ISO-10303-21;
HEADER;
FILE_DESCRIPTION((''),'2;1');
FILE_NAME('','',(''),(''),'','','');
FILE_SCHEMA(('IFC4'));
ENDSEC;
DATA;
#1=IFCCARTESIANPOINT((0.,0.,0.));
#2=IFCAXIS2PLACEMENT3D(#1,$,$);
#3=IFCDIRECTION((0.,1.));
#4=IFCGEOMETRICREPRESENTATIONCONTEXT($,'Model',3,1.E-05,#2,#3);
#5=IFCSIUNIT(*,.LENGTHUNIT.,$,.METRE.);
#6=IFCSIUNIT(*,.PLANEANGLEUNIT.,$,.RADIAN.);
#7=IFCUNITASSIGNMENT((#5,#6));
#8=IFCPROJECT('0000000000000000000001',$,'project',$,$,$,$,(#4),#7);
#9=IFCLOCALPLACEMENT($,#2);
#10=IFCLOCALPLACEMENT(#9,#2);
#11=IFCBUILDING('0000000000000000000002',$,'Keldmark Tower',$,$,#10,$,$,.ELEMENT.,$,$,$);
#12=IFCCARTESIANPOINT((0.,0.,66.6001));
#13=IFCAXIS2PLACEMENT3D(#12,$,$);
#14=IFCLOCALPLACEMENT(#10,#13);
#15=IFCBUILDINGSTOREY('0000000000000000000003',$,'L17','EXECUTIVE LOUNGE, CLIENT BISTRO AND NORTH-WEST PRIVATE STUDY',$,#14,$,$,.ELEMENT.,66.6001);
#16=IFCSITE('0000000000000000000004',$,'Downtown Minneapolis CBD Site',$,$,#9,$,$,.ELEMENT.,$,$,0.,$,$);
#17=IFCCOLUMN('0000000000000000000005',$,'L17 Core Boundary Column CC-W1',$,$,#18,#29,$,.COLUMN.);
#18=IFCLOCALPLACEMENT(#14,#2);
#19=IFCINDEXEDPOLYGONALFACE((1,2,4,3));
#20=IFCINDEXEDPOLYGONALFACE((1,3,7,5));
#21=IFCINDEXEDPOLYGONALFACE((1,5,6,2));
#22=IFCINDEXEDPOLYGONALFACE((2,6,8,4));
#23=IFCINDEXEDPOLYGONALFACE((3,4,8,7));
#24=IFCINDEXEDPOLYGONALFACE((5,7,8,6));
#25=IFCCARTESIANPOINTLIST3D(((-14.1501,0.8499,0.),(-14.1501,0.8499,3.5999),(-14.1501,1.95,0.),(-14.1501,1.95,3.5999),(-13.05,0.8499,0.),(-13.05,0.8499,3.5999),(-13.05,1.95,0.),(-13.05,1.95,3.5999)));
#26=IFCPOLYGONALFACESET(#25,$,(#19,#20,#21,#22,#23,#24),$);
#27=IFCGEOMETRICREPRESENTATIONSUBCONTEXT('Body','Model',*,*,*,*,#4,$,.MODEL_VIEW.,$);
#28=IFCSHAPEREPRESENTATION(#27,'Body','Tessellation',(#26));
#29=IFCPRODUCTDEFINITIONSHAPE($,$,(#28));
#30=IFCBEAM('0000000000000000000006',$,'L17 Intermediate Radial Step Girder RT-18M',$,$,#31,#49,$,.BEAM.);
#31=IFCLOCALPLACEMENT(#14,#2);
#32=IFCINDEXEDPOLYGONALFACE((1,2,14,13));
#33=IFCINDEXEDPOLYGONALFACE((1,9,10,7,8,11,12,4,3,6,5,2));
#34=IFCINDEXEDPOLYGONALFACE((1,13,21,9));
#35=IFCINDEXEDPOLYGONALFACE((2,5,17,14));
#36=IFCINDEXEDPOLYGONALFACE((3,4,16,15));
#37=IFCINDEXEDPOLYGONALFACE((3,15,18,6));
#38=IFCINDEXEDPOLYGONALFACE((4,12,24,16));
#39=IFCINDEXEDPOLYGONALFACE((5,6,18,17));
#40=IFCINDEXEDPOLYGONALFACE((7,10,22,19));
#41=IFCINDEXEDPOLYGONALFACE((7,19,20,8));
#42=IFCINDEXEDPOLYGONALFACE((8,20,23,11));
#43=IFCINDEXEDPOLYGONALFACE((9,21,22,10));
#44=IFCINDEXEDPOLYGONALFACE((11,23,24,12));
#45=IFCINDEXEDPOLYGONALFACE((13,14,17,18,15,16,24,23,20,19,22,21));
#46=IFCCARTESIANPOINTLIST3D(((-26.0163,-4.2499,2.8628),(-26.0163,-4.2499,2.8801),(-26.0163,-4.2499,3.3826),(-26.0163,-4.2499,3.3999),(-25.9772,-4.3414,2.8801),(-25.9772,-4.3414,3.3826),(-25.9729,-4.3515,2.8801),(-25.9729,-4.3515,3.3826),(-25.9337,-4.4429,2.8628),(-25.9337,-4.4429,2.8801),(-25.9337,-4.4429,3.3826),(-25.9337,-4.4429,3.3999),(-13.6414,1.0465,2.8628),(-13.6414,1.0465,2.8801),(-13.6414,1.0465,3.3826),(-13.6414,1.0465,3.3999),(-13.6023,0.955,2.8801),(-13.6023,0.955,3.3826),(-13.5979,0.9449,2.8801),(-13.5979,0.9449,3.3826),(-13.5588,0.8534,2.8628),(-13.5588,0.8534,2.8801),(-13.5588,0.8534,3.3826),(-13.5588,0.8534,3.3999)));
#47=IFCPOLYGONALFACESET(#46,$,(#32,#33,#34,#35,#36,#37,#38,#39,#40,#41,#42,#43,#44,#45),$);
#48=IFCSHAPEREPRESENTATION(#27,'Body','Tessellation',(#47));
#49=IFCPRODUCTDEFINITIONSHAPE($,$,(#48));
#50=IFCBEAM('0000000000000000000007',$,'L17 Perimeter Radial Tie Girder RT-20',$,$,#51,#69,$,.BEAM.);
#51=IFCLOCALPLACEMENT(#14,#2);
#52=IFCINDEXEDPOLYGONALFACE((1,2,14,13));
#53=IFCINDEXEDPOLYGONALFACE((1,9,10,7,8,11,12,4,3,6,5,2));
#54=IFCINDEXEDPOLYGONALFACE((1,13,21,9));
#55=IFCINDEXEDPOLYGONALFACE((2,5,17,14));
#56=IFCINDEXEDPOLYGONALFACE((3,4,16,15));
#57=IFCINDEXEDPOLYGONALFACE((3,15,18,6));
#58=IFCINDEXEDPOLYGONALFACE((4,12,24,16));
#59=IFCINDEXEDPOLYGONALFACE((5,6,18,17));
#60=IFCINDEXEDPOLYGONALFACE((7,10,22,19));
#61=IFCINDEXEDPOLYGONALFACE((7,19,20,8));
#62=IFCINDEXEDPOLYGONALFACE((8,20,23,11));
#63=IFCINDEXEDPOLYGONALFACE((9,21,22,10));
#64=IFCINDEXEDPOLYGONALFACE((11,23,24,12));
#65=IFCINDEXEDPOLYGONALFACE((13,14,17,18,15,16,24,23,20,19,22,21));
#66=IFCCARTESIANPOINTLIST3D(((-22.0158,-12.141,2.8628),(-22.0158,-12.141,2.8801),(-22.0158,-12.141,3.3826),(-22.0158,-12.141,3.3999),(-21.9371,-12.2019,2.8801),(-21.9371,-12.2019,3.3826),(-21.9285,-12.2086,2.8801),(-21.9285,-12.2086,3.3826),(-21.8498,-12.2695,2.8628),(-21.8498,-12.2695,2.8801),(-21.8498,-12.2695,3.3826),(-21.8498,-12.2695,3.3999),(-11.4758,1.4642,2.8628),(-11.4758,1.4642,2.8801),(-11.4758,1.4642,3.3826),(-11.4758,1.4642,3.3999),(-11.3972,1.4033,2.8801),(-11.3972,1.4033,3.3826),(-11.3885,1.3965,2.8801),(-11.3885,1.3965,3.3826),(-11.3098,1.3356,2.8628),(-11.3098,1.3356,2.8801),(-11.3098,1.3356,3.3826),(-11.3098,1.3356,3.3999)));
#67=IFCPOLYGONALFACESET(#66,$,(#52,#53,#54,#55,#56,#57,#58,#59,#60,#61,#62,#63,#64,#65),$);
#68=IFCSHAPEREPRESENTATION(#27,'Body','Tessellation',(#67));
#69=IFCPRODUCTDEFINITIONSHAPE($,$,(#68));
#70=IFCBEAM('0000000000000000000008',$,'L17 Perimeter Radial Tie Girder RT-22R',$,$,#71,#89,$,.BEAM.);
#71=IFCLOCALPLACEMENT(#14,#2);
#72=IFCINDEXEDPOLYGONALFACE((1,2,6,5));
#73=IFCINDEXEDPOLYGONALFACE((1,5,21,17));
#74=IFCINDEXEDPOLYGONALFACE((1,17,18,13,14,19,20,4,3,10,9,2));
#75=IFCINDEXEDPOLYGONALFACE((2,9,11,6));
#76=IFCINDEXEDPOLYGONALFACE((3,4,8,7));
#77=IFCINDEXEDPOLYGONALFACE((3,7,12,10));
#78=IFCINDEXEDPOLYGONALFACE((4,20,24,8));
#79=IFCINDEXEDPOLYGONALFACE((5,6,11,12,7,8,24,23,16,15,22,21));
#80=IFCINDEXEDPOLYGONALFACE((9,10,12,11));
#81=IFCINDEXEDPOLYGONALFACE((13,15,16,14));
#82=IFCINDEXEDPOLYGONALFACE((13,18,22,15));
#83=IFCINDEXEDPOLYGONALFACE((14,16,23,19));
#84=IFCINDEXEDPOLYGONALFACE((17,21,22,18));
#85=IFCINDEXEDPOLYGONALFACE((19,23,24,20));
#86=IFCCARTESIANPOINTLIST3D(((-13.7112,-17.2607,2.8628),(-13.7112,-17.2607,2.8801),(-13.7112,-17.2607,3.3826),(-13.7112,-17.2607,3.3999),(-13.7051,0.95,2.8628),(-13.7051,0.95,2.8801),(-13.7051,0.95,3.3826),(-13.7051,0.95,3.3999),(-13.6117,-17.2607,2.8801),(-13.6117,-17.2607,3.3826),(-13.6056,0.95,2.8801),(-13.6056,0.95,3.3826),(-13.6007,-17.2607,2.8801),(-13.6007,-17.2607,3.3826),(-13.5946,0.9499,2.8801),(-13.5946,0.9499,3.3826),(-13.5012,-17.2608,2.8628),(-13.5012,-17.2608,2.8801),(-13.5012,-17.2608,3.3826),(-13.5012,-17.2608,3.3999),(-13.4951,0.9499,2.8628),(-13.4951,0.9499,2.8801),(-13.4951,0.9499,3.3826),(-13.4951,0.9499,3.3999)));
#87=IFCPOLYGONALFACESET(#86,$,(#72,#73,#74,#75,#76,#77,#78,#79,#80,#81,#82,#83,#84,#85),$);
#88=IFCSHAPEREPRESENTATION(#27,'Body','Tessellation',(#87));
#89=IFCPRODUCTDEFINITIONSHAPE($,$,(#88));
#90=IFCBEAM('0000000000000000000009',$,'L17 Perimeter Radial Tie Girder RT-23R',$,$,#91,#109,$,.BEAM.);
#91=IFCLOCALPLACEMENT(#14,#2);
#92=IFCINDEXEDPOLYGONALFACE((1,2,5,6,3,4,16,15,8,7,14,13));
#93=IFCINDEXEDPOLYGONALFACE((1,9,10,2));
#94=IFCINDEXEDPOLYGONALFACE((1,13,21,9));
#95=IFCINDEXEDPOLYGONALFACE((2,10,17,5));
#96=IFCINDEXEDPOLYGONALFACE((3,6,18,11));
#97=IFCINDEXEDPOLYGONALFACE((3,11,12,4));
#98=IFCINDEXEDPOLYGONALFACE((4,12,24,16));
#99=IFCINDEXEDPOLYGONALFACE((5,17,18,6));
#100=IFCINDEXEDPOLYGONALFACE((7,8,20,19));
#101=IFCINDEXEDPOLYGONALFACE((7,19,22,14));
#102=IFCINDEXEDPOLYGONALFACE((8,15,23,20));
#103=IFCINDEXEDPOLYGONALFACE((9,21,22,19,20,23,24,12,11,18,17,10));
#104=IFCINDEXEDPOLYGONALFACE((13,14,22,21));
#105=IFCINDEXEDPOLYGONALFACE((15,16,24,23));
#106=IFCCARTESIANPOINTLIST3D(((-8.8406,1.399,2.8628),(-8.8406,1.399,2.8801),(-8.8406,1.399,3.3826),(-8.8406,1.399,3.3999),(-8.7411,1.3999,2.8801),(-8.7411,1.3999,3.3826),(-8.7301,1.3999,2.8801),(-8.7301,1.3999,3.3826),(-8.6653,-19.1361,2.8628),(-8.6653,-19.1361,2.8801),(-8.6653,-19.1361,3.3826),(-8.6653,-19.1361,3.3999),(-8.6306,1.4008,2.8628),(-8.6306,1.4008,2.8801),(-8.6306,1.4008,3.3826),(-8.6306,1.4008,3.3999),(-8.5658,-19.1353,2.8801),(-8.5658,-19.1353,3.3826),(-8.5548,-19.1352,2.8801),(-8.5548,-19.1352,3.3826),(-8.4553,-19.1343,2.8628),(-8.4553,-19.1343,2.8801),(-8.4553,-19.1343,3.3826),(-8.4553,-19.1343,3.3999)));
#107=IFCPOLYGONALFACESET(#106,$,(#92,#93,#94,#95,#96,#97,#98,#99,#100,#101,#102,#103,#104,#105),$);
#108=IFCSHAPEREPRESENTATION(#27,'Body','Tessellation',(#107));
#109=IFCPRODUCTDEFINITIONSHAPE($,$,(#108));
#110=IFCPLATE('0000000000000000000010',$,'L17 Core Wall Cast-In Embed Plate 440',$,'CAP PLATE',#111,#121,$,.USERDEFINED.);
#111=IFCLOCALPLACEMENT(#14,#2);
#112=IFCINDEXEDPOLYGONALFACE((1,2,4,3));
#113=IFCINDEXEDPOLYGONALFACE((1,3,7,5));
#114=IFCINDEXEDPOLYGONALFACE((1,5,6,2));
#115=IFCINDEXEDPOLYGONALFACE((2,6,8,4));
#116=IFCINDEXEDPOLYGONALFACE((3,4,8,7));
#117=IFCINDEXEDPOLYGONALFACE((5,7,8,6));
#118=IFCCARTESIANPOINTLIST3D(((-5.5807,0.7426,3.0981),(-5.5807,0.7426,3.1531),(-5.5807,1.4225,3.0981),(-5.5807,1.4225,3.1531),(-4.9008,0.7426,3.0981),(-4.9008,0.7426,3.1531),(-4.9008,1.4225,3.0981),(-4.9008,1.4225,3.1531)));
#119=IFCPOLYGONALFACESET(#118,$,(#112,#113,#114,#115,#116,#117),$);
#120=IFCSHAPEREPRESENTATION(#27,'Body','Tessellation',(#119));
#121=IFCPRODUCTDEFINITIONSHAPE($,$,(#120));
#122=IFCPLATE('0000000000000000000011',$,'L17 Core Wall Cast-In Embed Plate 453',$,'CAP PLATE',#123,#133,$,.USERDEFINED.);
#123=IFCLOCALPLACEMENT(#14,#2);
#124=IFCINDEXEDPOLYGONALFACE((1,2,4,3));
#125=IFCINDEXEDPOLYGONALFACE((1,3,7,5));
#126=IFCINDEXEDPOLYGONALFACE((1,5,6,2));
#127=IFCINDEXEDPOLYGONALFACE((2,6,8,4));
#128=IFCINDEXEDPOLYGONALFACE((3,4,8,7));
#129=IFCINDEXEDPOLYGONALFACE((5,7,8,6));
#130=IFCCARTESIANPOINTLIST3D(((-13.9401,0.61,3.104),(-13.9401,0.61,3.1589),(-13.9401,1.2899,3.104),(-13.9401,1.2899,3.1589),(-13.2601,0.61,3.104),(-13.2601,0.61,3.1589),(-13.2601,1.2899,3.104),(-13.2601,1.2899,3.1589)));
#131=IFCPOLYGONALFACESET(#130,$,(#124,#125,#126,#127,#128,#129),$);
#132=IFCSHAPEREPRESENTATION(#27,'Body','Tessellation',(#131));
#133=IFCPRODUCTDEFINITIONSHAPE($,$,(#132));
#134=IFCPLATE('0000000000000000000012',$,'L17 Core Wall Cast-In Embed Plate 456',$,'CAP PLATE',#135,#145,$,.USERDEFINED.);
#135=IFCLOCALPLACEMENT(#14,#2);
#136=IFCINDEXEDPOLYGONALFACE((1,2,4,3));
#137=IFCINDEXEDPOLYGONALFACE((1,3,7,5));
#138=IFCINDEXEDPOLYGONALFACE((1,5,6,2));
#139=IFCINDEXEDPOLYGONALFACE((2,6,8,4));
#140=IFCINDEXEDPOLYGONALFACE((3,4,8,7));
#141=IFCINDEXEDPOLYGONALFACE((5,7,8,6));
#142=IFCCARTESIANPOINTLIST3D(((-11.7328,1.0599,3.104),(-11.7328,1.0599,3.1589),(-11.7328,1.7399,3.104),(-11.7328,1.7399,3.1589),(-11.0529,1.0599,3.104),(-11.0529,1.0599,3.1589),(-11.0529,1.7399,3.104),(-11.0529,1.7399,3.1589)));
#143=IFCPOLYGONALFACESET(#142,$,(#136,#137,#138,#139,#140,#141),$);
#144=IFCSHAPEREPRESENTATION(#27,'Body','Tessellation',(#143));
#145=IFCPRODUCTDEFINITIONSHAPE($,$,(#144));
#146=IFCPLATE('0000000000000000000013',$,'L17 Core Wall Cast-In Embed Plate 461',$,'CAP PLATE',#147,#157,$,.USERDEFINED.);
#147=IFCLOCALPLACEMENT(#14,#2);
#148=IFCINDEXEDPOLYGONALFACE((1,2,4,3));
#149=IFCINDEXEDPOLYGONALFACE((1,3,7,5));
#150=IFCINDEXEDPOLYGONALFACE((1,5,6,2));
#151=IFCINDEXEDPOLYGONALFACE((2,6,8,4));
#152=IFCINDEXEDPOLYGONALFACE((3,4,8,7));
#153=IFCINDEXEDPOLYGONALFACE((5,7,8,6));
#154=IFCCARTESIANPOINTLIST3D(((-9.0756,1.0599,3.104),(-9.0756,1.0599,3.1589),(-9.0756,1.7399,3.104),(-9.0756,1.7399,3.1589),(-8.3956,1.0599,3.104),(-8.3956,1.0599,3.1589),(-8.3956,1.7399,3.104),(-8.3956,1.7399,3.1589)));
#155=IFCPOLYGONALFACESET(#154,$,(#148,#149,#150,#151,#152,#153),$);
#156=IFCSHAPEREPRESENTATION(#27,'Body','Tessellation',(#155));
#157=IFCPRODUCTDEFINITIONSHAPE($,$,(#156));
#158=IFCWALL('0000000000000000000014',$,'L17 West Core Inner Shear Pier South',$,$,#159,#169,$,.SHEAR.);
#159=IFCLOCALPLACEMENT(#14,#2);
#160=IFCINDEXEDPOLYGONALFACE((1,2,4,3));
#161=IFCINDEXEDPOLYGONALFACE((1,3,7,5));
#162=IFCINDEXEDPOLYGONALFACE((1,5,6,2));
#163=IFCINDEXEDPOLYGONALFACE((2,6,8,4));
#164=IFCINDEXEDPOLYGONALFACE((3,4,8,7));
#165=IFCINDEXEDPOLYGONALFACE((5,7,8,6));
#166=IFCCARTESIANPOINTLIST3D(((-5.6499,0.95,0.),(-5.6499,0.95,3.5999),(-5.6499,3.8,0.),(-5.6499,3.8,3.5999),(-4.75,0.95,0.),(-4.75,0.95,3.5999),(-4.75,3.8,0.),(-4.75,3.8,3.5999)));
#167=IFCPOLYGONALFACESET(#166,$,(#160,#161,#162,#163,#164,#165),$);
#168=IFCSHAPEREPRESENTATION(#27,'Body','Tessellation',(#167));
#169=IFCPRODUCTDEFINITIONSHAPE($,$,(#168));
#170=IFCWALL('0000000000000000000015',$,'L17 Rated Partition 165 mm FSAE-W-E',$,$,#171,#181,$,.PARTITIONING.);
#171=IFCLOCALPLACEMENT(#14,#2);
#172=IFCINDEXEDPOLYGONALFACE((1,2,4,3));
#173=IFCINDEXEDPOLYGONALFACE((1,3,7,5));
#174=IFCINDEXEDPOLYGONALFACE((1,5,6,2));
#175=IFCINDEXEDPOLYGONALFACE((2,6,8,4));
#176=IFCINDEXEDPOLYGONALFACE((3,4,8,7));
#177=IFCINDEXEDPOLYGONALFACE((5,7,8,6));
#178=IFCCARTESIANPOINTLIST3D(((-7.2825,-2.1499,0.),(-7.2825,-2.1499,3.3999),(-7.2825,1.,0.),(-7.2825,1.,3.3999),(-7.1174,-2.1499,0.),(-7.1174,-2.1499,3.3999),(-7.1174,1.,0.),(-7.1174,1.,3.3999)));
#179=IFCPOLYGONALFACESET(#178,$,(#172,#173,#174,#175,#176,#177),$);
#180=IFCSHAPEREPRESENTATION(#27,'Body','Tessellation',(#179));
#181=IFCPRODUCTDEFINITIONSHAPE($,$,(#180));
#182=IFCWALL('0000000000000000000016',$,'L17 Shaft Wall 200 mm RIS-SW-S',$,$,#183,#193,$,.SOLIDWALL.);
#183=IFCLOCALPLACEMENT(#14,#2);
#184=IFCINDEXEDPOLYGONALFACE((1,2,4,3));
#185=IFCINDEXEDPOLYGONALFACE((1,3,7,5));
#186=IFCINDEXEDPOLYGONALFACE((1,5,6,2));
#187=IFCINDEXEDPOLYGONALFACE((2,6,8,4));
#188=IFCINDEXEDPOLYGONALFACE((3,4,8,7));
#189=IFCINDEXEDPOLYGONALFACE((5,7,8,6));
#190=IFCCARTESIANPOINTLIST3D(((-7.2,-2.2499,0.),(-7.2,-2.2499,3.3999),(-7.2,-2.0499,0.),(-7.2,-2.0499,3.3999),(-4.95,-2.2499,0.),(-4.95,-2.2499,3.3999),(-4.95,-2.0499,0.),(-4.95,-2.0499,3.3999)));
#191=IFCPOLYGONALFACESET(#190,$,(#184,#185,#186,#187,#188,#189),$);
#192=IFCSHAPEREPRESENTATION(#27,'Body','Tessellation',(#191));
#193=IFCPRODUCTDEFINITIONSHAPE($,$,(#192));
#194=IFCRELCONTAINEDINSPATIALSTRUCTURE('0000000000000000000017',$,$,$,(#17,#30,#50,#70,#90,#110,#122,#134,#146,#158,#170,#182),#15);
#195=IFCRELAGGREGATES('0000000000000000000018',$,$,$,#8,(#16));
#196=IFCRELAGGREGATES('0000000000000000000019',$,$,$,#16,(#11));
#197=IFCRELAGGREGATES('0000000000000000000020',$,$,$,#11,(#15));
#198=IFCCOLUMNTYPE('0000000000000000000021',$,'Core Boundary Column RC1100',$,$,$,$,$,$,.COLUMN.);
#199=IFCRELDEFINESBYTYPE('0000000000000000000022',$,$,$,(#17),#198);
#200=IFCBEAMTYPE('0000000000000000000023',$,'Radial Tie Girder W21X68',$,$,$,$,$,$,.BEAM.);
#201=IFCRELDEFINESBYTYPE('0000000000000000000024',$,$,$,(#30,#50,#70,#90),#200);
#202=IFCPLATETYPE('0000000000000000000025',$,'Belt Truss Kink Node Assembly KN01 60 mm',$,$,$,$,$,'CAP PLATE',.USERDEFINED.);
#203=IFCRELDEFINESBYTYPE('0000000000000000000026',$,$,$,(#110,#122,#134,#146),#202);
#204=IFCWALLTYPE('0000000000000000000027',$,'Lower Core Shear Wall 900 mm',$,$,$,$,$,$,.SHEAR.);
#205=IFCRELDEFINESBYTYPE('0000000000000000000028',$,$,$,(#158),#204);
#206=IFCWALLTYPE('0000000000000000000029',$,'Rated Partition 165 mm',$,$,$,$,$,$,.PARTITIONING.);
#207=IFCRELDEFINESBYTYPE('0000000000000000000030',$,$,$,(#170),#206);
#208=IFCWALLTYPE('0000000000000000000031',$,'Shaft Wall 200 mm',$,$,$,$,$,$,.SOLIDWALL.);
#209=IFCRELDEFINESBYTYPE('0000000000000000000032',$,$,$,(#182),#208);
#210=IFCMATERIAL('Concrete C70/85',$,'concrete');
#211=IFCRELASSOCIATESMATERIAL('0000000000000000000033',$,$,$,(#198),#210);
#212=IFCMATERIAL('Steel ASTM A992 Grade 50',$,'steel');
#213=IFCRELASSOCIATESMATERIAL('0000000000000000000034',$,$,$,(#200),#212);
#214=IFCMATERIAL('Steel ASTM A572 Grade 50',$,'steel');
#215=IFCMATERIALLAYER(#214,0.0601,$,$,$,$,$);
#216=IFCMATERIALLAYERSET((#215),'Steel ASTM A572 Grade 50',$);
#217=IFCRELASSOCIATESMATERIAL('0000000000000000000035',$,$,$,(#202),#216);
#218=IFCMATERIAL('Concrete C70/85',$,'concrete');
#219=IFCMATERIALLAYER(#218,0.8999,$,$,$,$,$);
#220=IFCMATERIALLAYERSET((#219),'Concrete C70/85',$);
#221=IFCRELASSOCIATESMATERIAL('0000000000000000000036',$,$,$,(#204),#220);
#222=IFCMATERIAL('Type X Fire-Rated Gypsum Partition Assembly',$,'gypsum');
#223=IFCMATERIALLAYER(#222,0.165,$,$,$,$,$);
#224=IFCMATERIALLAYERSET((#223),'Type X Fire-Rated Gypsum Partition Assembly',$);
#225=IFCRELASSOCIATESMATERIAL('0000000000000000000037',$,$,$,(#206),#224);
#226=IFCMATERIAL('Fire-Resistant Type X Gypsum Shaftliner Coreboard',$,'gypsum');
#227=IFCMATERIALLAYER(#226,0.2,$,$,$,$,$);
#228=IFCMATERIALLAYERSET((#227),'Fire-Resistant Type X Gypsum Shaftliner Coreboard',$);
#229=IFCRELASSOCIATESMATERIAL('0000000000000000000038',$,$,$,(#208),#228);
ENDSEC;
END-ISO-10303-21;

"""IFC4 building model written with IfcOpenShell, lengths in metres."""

from ifc_helpers import new_model, si_unit, direction, frame, frame_2d, origin, origin_2d, place, context, subcontext, project, spatial, rectangle, i_section, extrude, material, layer, layer_set, material_profile, profile_set, type_object, element, save


model = new_model("IFC4")

# Units and contexts
model_context = context("Model", 3, precision=1e-05, world=origin(), true_north=direction((0.0, 1.0)))
body_context = subcontext(model_context, "Body", "Model", "MODEL_VIEW")
ifc_project = project(units=[si_unit("LENGTHUNIT", "METRE"), si_unit("PLANEANGLEUNIT", "RADIAN")], contexts=[model_context])

# Site, building, storey
site_placement = place(None, origin())
site = spatial("IfcSite", under=ifc_project, at=site_placement, Name="Downtown Minneapolis CBD Site", CompositionType="ELEMENT", RefElevation=0.0)
building_placement = place(site_placement, origin())
building = spatial("IfcBuilding", under=site, at=building_placement, Name="Keldmark Tower", CompositionType="ELEMENT")
storey_placement = place(building_placement, frame((0.0, 0.0, 66.6001)))
storey = spatial("IfcBuildingStorey", under=building, at=storey_placement, Name="L17", Description="EXECUTIVE LOUNGE, CLIENT BISTRO AND NORTH-WEST PRIVATE STUDY", CompositionType="ELEMENT", Elevation=66.6001)

# Column
ifc_material_1 = material(Name="Concrete C70/85", Category="concrete")
ifc_material_profile_1 = material_profile(ifc_material_1, rectangle(XDim=1.1001, YDim=1.1001, at=origin_2d()), Name="RC1100X1100")
ifc_profile_set_1 = profile_set([ifc_material_profile_1], Name="Concrete C70/85")
column_type = type_object("IfcColumnType", Name="Core Boundary Column RC1100", PredefinedType="COLUMN", material=ifc_profile_set_1)
column_placement = place(storey_placement, frame((-13.6001, 1.3999, 0.0), z_axis=(0.0, 0.0, 1.0), x_axis=(1.0, 0.0, 0.0)))
element("IfcColumn", 1, at=column_placement, inside=storey, type_object=column_type, Name="L17 Core Boundary Column CC-W1", PredefinedType="COLUMN", context=body_context, shape_type="SweptSolid", body=[
    extrude(rectangle(XDim=1.1001, YDim=1.1001, at=origin_2d()), origin(), (0.0, 0.0, 1.0), 3.5999),
])

# Beams
ifc_material_2 = material(Name="Steel ASTM A992 Grade 50", Category="steel")
ifc_material_profile_2 = material_profile(ifc_material_2, i_section(OverallWidth=0.21, OverallDepth=0.5371, WebThickness=0.011, FlangeThickness=0.0173, at=origin_2d()), Name="W21X68")
ifc_profile_set_2 = profile_set([ifc_material_profile_2], Name="Steel ASTM A992 Grade 50")
beam_type = type_object("IfcBeamType", Name="Radial Tie Girder W21X68", PredefinedType="BEAM", material=ifc_profile_set_2)
beam_1_placement = place(storey_placement, frame((-13.6001, 0.95, 3.1313), z_axis=(-0.919338, -0.393468, 0.0), x_axis=(0.393468, -0.919338, 0.0)))
element("IfcBeam", 2, at=beam_1_placement, inside=storey, type_object=beam_type, Name="L17 Intermediate Radial Step Girder RT-18M", PredefinedType="BEAM", context=body_context, shape_type="SweptSolid", body=[
    extrude(i_section(OverallWidth=0.21, OverallDepth=0.5371, WebThickness=0.011, FlangeThickness=0.0173, at=origin_2d()), origin(), (0.0, 0.0, 1.0), 13.4607),
])
beam_2_placement = place(storey_placement, frame((-11.3928, 1.3999, 3.1313), z_axis=(-0.612426, -0.790528, 0.0), x_axis=(0.790528, -0.612426, 0.0)))
element("IfcBeam", 3, at=beam_2_placement, inside=storey, type_object=beam_type, Name="L17 Perimeter Radial Tie Girder RT-20", PredefinedType="BEAM", context=body_context, shape_type="SweptSolid", body=[
    extrude(i_section(OverallWidth=0.21, OverallDepth=0.5371, WebThickness=0.011, FlangeThickness=0.0173, at=origin_2d()), origin(), (0.0, 0.0, 1.0), 17.2102),
])
beam_3_placement = place(storey_placement, frame((-13.6001, 0.95, 3.1313), z_axis=(-0.000335, -1.0, 0.0), x_axis=(1.0, -0.000335, 0.0)))
element("IfcBeam", 4, at=beam_3_placement, inside=storey, type_object=beam_type, Name="L17 Perimeter Radial Tie Girder RT-22R", PredefinedType="BEAM", context=body_context, shape_type="SweptSolid", body=[
    extrude(i_section(OverallWidth=0.21, OverallDepth=0.5371, WebThickness=0.011, FlangeThickness=0.0173, at=origin_2d()), origin(), (0.0, 0.0, 1.0), 18.2107),
])
beam_4_placement = place(storey_placement, frame((-8.7356, 1.3999, 3.1313), z_axis=(0.008536, -0.999964, 0.0), x_axis=(0.999964, 0.008536, 0.0)))
element("IfcBeam", 5, at=beam_4_placement, inside=storey, type_object=beam_type, Name="L17 Perimeter Radial Tie Girder RT-23R", PredefinedType="BEAM", context=body_context, shape_type="SweptSolid", body=[
    extrude(i_section(OverallWidth=0.21, OverallDepth=0.5371, WebThickness=0.011, FlangeThickness=0.0173, at=origin_2d()), origin(), (0.0, 0.0, 1.0), 20.5359),
])

# Plates
ifc_material_3 = material(Name="Steel ASTM A572 Grade 50", Category="steel")
ifc_layer_1 = layer(ifc_material_3, 0.0601)
ifc_layer_set_1 = layer_set([ifc_layer_1], Name="Steel ASTM A572 Grade 50")
plate_type = type_object("IfcPlateType", Name="Belt Truss Kink Node Assembly KN01 60 mm", ElementType="CAP PLATE", PredefinedType="USERDEFINED", material=ifc_layer_set_1)
for number, where, z_axis, x_axis, name in (
    (6, (-5.2407, 1.0825, 3.0981), (0.0, 0.0, 1.0), (1.0, 0.0, 0.0), "L17 Core Wall Cast-In Embed Plate 440"),
    (7, (-13.6001, 0.95, 3.104), (0.0, 0.0, 1.0), (1.0, 0.0, 0.0), "L17 Core Wall Cast-In Embed Plate 453"),
    (8, (-11.3928, 1.3999, 3.104), (0.0, 0.0, 1.0), (1.0, 0.0, 0.0), "L17 Core Wall Cast-In Embed Plate 456"),
    (9, (-8.7356, 1.3999, 3.104), (0.0, 0.0, 1.0), (1.0, 0.0, 0.0), "L17 Core Wall Cast-In Embed Plate 461"),
):
    element("IfcPlate", number, at=place(storey_placement, frame(where, z_axis=z_axis, x_axis=x_axis)), inside=storey, type_object=plate_type, Name=name, ObjectType="CAP PLATE", PredefinedType="USERDEFINED", context=body_context, shape_type="SweptSolid", body=[
        extrude(rectangle(XDim=0.6799, YDim=0.6799, at=origin_2d()), origin(), (0.0, 0.0, 1.0), 0.0549),
    ])

# Walls
ifc_material_4 = material(Name="Concrete C70/85", Category="concrete")
ifc_layer_2 = layer(ifc_material_4, 0.8999)
ifc_layer_set_2 = layer_set([ifc_layer_2], Name="Concrete C70/85")
wall_type_1 = type_object("IfcWallType", Name="Lower Core Shear Wall 900 mm", PredefinedType="SHEAR", material=ifc_layer_set_2)
wall_1_placement = place(storey_placement, frame((-5.2, 0.95, 0.0), z_axis=(0.0, 0.0, 1.0), x_axis=(0.0, 1.0, 0.0)))
element("IfcWall", 10, at=wall_1_placement, inside=storey, type_object=wall_type_1, Name="L17 West Core Inner Shear Pier South", PredefinedType="SHEAR", context=body_context, shape_type="SweptSolid", body=[
    extrude(rectangle(XDim=2.8501, YDim=0.8999, at=frame_2d((1.425, 0.0))), origin(), (0.0, 0.0, 1.0), 3.5999),
])
ifc_material_5 = material(Name="Type X Fire-Rated Gypsum Partition Assembly", Category="gypsum")
ifc_layer_3 = layer(ifc_material_5, 0.165)
ifc_layer_set_3 = layer_set([ifc_layer_3], Name="Type X Fire-Rated Gypsum Partition Assembly")
wall_type_2 = type_object("IfcWallType", Name="Rated Partition 165 mm", PredefinedType="PARTITIONING", material=ifc_layer_set_3)
wall_2_placement = place(storey_placement, frame((-7.2, -2.1499, 0.0), z_axis=(0.0, 0.0, 1.0), x_axis=(0.0, 1.0, 0.0)))
element("IfcWall", 11, at=wall_2_placement, inside=storey, type_object=wall_type_2, Name="L17 Rated Partition 165 mm FSAE-W-E", PredefinedType="PARTITIONING", context=body_context, shape_type="SweptSolid", body=[
    extrude(rectangle(XDim=3.1499, YDim=0.165, at=frame_2d((1.575, 0.0))), origin(), (0.0, 0.0, 1.0), 3.3999),
])
ifc_material_6 = material(Name="Fire-Resistant Type X Gypsum Shaftliner Coreboard", Category="gypsum")
ifc_layer_4 = layer(ifc_material_6, 0.2)
ifc_layer_set_4 = layer_set([ifc_layer_4], Name="Fire-Resistant Type X Gypsum Shaftliner Coreboard")
wall_type_3 = type_object("IfcWallType", Name="Shaft Wall 200 mm", PredefinedType="SOLIDWALL", material=ifc_layer_set_4)
wall_3_placement = place(storey_placement, frame((-7.2, -2.1499, 0.0), z_axis=(0.0, 0.0, 1.0), x_axis=(1.0, 0.0, 0.0)))
element("IfcWall", 12, at=wall_3_placement, inside=storey, type_object=wall_type_3, Name="L17 Shaft Wall 200 mm RIS-SW-S", PredefinedType="SOLIDWALL", context=body_context, shape_type="SweptSolid", body=[
    extrude(rectangle(XDim=2.25, YDim=0.2, at=frame_2d((1.125, 0.0))), origin(), (0.0, 0.0, 1.0), 3.3999),
])

save(model, "model.ifc")
